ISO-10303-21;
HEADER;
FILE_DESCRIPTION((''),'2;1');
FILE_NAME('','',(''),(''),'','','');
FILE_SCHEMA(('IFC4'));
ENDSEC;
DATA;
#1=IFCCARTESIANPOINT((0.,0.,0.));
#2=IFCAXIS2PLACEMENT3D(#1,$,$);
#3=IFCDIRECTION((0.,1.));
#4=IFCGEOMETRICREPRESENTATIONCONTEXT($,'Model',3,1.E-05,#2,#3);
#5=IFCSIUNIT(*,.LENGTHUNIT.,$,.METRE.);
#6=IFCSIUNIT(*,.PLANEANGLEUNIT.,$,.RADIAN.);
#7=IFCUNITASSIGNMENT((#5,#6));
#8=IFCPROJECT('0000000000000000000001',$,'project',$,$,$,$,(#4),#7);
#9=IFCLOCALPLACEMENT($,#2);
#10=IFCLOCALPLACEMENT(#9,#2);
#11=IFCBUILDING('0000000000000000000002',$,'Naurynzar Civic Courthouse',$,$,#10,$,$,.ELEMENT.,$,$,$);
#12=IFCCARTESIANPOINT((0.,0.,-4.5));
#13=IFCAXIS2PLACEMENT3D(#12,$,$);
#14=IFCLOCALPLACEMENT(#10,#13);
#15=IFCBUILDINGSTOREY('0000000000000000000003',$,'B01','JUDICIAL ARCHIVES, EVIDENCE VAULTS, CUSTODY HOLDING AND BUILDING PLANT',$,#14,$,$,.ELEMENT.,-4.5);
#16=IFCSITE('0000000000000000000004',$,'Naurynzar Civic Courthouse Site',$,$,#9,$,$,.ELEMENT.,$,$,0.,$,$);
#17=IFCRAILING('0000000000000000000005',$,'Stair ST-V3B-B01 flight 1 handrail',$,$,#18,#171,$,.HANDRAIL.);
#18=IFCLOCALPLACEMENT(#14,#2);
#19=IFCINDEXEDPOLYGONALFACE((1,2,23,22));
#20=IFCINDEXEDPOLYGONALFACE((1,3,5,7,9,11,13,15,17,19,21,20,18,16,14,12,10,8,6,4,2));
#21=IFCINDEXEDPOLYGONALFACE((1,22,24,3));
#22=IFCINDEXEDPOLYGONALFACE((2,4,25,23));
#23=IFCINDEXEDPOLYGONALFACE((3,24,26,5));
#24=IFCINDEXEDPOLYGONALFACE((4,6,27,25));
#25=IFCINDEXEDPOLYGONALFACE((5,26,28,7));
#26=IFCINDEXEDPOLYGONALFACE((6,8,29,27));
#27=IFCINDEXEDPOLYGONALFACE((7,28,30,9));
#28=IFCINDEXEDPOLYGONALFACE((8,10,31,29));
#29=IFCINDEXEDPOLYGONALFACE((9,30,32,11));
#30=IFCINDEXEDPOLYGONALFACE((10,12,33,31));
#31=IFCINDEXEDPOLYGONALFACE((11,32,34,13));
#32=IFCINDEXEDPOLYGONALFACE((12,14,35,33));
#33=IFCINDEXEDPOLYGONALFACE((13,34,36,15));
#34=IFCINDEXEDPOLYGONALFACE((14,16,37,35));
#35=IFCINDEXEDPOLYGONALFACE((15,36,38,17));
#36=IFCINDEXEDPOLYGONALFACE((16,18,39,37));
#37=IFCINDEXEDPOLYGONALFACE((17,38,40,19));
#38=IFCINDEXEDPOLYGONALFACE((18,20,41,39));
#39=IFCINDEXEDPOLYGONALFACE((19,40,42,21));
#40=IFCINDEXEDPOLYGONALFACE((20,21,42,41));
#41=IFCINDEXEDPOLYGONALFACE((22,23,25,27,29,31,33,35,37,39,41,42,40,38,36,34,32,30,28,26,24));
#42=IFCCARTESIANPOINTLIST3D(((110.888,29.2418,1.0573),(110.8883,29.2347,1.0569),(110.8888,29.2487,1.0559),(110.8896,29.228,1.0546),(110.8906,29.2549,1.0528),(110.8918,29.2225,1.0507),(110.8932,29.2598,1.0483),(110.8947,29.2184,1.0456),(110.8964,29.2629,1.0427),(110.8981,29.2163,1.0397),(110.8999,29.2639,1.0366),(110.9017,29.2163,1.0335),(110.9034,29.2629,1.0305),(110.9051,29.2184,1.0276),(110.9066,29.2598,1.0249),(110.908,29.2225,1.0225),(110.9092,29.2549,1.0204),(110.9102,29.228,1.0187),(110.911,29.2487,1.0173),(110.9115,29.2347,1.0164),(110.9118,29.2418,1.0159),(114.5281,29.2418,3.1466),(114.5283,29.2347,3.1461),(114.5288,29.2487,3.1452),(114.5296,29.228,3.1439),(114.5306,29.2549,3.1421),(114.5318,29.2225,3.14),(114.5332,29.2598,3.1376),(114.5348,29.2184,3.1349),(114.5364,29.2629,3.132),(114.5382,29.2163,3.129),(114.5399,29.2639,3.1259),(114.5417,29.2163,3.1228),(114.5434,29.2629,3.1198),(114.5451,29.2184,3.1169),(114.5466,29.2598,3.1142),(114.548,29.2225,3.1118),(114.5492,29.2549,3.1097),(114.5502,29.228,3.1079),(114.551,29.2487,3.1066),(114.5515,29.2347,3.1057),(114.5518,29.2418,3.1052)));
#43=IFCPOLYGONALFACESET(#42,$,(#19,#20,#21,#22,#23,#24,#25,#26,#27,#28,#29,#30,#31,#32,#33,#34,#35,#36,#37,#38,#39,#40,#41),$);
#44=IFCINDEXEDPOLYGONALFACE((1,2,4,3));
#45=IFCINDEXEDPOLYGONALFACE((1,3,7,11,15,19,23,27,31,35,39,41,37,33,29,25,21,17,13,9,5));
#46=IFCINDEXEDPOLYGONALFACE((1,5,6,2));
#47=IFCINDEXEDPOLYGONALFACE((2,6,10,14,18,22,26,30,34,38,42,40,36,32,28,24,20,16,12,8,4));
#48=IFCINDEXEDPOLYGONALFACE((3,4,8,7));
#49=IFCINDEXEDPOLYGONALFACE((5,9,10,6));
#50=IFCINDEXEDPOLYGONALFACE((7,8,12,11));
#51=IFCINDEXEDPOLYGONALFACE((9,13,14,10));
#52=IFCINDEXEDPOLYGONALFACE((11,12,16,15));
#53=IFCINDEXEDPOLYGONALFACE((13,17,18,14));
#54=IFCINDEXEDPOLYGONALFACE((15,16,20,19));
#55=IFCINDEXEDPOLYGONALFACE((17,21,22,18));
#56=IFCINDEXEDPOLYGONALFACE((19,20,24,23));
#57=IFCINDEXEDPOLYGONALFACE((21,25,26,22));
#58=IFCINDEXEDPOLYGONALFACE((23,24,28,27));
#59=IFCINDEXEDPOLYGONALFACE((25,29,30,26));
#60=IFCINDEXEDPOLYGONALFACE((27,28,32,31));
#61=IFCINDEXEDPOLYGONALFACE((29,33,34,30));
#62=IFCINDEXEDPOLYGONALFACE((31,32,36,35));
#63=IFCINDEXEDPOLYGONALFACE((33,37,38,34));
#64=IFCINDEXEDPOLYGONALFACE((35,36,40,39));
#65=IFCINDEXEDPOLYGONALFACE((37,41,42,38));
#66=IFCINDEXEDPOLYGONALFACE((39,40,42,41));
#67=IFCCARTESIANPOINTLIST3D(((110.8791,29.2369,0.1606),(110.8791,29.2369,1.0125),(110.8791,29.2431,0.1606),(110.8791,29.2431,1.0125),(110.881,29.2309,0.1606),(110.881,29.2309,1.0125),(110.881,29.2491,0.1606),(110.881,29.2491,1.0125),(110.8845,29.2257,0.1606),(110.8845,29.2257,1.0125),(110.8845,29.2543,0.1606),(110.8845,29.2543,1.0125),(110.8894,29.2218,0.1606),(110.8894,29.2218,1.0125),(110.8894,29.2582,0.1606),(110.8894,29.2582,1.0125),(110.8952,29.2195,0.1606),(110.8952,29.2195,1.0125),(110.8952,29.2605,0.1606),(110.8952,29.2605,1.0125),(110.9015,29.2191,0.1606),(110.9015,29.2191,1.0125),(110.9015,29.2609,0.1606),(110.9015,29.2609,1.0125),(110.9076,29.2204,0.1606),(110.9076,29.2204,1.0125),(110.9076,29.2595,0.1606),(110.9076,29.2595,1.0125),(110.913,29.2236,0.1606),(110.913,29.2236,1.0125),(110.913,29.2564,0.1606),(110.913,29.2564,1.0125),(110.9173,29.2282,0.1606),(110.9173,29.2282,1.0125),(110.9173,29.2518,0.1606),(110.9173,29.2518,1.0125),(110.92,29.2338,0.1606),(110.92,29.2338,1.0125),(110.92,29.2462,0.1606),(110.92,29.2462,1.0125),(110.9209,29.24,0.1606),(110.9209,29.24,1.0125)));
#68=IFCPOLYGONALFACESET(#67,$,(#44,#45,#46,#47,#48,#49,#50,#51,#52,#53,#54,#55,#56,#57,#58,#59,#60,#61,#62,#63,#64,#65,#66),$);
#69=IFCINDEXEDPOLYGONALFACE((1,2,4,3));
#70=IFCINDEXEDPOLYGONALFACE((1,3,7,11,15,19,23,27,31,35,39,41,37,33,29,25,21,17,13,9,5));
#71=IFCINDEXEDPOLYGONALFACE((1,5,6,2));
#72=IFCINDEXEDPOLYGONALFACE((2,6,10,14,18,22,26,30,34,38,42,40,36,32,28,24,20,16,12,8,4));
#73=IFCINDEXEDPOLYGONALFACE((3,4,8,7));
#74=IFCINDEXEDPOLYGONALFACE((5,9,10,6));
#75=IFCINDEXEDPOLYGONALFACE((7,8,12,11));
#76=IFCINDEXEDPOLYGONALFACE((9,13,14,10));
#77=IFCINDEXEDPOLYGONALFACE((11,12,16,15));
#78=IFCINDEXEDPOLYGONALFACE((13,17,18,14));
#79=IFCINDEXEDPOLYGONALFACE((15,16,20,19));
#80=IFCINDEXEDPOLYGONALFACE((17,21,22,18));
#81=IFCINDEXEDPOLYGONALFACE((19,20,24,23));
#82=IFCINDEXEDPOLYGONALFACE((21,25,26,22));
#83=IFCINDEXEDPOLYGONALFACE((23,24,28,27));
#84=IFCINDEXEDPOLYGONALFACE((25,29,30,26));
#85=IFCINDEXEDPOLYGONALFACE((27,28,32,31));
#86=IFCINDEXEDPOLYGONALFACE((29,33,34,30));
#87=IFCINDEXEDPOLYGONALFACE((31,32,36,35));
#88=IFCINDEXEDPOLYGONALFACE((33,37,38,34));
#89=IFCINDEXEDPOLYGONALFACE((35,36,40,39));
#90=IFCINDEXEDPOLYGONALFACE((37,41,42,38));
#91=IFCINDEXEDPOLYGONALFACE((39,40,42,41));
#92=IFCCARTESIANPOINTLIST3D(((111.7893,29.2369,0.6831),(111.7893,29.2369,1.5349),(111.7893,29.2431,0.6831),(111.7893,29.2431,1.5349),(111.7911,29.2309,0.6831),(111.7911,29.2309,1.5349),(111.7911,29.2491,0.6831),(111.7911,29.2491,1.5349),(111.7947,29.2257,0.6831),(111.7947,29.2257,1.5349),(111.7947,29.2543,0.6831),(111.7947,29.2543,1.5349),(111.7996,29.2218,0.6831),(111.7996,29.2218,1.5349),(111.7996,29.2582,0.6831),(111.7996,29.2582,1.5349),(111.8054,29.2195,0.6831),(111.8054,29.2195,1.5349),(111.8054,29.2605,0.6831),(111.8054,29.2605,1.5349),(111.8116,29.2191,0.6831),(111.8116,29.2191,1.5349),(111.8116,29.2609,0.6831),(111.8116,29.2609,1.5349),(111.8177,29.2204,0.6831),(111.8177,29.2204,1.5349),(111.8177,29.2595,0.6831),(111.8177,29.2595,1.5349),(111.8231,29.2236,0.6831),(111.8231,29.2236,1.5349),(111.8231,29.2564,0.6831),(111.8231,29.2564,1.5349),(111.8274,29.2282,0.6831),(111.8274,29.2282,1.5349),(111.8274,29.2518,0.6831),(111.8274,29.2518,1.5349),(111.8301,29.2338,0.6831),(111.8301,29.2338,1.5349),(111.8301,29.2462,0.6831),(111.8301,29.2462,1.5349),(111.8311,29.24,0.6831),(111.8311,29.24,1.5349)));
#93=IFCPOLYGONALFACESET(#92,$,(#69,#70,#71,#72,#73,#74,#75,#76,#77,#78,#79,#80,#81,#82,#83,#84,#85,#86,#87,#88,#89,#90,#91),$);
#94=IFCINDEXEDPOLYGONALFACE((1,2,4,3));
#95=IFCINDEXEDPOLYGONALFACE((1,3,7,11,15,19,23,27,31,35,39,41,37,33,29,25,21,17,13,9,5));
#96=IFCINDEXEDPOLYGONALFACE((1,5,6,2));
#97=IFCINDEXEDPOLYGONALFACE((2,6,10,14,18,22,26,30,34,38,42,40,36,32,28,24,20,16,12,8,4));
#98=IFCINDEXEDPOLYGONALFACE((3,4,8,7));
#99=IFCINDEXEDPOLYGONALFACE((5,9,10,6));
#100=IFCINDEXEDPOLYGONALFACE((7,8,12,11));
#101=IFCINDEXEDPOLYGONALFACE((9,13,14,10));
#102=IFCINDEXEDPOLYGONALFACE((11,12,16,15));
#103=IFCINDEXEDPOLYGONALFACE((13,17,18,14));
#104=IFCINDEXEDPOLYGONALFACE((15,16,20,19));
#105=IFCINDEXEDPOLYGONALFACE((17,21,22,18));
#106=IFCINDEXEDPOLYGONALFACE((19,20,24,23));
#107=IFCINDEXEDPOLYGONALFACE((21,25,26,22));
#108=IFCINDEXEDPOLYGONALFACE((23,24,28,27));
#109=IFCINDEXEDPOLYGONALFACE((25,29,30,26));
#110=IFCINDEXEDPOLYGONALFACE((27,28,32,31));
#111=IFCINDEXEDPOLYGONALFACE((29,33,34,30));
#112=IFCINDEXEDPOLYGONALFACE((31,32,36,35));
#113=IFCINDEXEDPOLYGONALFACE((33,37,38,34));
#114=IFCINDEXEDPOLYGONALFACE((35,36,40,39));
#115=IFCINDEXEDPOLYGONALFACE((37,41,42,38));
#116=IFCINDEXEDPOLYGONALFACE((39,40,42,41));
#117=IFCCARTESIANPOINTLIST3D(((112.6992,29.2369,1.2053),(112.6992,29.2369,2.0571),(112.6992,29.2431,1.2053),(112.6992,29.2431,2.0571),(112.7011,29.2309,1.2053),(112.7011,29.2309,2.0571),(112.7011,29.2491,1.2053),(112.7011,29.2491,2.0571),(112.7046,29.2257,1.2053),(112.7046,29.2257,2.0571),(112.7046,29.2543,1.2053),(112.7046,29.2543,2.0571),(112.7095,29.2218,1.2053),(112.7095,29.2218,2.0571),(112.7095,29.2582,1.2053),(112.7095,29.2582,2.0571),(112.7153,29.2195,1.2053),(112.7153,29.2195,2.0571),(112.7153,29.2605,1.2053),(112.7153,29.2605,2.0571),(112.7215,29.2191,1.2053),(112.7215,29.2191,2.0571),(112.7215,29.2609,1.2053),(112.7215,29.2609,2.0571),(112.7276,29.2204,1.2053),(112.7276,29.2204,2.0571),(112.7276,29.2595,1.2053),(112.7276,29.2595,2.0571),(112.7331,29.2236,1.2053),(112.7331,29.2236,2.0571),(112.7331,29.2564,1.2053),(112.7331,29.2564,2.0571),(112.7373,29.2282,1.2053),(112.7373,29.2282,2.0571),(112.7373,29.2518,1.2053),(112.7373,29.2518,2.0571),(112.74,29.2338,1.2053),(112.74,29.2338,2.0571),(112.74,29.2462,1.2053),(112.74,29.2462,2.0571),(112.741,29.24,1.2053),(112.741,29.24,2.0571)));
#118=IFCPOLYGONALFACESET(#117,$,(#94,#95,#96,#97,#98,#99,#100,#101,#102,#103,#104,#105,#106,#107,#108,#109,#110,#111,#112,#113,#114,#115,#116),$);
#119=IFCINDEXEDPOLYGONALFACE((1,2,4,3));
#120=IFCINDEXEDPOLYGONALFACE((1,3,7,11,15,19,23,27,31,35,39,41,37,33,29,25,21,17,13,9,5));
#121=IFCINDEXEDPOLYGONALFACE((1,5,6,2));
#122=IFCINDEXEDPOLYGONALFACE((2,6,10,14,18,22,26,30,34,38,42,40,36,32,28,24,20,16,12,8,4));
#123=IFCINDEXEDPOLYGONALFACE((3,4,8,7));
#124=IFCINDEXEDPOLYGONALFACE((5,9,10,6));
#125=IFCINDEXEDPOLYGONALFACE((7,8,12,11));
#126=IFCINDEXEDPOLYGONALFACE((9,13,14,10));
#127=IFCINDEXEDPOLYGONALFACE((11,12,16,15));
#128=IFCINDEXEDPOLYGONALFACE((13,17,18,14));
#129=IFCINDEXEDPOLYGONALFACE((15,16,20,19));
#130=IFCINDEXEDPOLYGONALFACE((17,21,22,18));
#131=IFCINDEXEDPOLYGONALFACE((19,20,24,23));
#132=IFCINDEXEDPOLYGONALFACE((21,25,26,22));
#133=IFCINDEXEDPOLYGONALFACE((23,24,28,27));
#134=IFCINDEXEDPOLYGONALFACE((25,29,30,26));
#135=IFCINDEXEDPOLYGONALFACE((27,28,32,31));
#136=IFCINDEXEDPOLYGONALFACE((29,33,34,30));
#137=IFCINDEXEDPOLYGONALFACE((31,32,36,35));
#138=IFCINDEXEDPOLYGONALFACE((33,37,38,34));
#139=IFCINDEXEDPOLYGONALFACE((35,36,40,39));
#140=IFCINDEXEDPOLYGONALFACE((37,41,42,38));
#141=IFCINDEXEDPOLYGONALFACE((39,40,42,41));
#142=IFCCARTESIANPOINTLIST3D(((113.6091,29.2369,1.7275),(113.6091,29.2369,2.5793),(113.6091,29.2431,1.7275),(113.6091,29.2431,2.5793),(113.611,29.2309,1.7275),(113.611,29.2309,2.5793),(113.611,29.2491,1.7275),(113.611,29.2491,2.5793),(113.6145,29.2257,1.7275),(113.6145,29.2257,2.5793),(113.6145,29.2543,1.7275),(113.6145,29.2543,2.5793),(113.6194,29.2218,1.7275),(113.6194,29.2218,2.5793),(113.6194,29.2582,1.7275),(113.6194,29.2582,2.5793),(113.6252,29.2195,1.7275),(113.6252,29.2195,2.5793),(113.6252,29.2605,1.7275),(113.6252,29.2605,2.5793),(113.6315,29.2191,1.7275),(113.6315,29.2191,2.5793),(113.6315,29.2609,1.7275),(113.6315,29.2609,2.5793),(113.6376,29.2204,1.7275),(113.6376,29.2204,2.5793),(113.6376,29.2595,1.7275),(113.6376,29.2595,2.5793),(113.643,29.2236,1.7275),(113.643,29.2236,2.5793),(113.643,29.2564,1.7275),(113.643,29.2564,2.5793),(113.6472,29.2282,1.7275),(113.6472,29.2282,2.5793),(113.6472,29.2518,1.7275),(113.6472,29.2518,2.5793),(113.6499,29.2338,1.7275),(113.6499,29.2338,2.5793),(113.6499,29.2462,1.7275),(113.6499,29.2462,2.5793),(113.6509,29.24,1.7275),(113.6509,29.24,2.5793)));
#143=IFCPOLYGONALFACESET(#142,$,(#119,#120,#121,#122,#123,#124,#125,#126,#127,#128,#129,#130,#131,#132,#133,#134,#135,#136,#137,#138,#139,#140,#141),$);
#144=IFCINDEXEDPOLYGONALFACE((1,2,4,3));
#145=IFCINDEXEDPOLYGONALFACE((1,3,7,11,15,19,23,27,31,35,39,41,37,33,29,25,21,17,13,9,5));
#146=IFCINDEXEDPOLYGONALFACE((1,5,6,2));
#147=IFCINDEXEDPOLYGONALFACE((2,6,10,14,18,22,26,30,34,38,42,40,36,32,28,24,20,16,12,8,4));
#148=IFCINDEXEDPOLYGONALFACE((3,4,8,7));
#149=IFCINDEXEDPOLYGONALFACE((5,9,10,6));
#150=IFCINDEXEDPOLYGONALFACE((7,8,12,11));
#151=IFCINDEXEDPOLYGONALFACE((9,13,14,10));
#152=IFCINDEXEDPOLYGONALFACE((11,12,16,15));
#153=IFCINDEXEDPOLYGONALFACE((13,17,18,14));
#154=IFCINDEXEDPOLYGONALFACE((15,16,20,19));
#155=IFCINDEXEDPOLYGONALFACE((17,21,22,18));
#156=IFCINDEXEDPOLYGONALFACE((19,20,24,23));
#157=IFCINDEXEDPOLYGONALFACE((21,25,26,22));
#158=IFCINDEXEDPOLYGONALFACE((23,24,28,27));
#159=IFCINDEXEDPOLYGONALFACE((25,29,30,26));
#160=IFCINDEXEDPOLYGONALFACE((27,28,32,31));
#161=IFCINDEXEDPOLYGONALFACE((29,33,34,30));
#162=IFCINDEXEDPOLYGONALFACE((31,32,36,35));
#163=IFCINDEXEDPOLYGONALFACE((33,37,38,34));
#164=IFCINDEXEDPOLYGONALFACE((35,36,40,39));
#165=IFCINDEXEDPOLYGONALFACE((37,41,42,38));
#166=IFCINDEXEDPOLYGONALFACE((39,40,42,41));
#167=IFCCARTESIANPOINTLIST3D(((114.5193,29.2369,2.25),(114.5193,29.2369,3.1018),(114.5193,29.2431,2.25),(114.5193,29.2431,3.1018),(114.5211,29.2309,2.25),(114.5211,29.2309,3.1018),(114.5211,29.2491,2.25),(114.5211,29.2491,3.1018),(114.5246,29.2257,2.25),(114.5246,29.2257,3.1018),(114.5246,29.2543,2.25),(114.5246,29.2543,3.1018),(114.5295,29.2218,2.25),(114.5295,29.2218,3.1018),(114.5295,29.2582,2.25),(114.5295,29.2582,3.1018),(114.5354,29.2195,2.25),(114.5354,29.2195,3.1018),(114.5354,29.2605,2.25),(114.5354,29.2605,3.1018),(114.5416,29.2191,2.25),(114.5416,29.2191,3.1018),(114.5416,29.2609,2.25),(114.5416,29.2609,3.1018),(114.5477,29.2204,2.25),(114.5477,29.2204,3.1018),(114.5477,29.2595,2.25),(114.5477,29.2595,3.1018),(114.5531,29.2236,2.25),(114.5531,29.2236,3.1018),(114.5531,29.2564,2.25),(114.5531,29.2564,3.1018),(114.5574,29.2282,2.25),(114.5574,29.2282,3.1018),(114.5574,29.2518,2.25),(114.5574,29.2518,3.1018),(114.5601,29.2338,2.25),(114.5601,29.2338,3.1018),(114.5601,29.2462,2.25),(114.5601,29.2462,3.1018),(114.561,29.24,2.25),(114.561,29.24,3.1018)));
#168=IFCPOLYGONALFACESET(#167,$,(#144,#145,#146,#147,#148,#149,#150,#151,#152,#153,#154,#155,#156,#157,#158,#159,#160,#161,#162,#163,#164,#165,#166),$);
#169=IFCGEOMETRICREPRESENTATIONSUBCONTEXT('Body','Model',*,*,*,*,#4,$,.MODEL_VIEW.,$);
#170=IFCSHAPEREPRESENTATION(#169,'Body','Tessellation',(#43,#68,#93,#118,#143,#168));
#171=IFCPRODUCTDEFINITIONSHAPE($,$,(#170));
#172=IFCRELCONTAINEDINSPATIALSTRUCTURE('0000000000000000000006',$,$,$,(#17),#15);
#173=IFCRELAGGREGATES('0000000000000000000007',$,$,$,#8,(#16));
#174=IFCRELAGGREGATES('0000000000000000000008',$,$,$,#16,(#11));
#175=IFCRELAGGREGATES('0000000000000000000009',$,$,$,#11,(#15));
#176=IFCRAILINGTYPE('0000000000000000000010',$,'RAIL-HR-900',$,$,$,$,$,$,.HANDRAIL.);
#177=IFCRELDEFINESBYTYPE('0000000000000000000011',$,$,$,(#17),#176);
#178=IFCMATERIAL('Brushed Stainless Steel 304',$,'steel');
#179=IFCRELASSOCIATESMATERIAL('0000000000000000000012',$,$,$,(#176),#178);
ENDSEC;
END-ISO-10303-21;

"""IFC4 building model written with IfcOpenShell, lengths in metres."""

from ifc_helpers import new_model, si_unit, direction, frame, origin, origin_2d, place, context, subcontext, project, spatial, circle, extrude, material, type_object, element, save


model = new_model("IFC4")

# Units and contexts
model_context = context("Model", 3, precision=1e-05, world=origin(), true_north=direction((0.0, 1.0)))
body_context = subcontext(model_context, "Body", "Model", "MODEL_VIEW")
ifc_project = project(units=[si_unit("LENGTHUNIT", "METRE"), si_unit("PLANEANGLEUNIT", "RADIAN")], contexts=[model_context])

# Site, building, storey
site_placement = place(None, origin())
site = spatial("IfcSite", under=ifc_project, at=site_placement, Name="Naurynzar Civic Courthouse Site", CompositionType="ELEMENT", RefElevation=0.0)
building_placement = place(site_placement, origin())
building = spatial("IfcBuilding", under=site, at=building_placement, Name="Naurynzar Civic Courthouse", CompositionType="ELEMENT")
storey_placement = place(building_placement, frame((0.0, 0.0, -4.5)))
storey = spatial("IfcBuildingStorey", under=building, at=storey_placement, Name="B01", Description="JUDICIAL ARCHIVES, EVIDENCE VAULTS, CUSTODY HOLDING AND BUILDING PLANT", CompositionType="ELEMENT", Elevation=-4.5)

# Railing
ifc_material_1 = material(Name="Brushed Stainless Steel 304", Category="steel")
railing_type_1 = type_object("IfcRailingType", Name="RAIL-HR-900", PredefinedType="HANDRAIL", material=ifc_material_1)
railing_1_placement = place(storey_placement, frame((110.8999, 29.24, 0.1606)))
element("IfcRailing", 1, at=railing_1_placement, inside=storey, type_object=railing_type_1, Name="Stair ST-V3B-B01 flight 1 handrail", PredefinedType="HANDRAIL", context=body_context, shape_type="SweptSolid", body=[
    extrude(circle(Radius=0.0239, at=origin_2d()), frame((0.0, 0.0, 0.876), z_axis=(0.867289, 0.0, 0.497804), x_axis=(0.0, 1.0, 0.0)), (0.0, 0.0, 1.0), 4.197),
    extrude(circle(Radius=0.021, at=origin_2d()), origin(), (0.0, 0.0, 1.0), 0.8518),
    extrude(circle(Radius=0.021, at=origin_2d()), frame((0.9102, 0.0, 0.5225)), (0.0, 0.0, 1.0), 0.8518),
    extrude(circle(Radius=0.021, at=origin_2d()), frame((1.8201, 0.0, 1.0447)), (0.0, 0.0, 1.0), 0.8518),
    extrude(circle(Radius=0.021, at=origin_2d()), frame((2.73, 0.0, 1.5669)), (0.0, 0.0, 1.0), 0.8518),
    extrude(circle(Radius=0.021, at=origin_2d()), frame((3.6401, 0.0, 2.0894)), (0.0, 0.0, 1.0), 0.8518),
])

save(model, "model.ifc")
